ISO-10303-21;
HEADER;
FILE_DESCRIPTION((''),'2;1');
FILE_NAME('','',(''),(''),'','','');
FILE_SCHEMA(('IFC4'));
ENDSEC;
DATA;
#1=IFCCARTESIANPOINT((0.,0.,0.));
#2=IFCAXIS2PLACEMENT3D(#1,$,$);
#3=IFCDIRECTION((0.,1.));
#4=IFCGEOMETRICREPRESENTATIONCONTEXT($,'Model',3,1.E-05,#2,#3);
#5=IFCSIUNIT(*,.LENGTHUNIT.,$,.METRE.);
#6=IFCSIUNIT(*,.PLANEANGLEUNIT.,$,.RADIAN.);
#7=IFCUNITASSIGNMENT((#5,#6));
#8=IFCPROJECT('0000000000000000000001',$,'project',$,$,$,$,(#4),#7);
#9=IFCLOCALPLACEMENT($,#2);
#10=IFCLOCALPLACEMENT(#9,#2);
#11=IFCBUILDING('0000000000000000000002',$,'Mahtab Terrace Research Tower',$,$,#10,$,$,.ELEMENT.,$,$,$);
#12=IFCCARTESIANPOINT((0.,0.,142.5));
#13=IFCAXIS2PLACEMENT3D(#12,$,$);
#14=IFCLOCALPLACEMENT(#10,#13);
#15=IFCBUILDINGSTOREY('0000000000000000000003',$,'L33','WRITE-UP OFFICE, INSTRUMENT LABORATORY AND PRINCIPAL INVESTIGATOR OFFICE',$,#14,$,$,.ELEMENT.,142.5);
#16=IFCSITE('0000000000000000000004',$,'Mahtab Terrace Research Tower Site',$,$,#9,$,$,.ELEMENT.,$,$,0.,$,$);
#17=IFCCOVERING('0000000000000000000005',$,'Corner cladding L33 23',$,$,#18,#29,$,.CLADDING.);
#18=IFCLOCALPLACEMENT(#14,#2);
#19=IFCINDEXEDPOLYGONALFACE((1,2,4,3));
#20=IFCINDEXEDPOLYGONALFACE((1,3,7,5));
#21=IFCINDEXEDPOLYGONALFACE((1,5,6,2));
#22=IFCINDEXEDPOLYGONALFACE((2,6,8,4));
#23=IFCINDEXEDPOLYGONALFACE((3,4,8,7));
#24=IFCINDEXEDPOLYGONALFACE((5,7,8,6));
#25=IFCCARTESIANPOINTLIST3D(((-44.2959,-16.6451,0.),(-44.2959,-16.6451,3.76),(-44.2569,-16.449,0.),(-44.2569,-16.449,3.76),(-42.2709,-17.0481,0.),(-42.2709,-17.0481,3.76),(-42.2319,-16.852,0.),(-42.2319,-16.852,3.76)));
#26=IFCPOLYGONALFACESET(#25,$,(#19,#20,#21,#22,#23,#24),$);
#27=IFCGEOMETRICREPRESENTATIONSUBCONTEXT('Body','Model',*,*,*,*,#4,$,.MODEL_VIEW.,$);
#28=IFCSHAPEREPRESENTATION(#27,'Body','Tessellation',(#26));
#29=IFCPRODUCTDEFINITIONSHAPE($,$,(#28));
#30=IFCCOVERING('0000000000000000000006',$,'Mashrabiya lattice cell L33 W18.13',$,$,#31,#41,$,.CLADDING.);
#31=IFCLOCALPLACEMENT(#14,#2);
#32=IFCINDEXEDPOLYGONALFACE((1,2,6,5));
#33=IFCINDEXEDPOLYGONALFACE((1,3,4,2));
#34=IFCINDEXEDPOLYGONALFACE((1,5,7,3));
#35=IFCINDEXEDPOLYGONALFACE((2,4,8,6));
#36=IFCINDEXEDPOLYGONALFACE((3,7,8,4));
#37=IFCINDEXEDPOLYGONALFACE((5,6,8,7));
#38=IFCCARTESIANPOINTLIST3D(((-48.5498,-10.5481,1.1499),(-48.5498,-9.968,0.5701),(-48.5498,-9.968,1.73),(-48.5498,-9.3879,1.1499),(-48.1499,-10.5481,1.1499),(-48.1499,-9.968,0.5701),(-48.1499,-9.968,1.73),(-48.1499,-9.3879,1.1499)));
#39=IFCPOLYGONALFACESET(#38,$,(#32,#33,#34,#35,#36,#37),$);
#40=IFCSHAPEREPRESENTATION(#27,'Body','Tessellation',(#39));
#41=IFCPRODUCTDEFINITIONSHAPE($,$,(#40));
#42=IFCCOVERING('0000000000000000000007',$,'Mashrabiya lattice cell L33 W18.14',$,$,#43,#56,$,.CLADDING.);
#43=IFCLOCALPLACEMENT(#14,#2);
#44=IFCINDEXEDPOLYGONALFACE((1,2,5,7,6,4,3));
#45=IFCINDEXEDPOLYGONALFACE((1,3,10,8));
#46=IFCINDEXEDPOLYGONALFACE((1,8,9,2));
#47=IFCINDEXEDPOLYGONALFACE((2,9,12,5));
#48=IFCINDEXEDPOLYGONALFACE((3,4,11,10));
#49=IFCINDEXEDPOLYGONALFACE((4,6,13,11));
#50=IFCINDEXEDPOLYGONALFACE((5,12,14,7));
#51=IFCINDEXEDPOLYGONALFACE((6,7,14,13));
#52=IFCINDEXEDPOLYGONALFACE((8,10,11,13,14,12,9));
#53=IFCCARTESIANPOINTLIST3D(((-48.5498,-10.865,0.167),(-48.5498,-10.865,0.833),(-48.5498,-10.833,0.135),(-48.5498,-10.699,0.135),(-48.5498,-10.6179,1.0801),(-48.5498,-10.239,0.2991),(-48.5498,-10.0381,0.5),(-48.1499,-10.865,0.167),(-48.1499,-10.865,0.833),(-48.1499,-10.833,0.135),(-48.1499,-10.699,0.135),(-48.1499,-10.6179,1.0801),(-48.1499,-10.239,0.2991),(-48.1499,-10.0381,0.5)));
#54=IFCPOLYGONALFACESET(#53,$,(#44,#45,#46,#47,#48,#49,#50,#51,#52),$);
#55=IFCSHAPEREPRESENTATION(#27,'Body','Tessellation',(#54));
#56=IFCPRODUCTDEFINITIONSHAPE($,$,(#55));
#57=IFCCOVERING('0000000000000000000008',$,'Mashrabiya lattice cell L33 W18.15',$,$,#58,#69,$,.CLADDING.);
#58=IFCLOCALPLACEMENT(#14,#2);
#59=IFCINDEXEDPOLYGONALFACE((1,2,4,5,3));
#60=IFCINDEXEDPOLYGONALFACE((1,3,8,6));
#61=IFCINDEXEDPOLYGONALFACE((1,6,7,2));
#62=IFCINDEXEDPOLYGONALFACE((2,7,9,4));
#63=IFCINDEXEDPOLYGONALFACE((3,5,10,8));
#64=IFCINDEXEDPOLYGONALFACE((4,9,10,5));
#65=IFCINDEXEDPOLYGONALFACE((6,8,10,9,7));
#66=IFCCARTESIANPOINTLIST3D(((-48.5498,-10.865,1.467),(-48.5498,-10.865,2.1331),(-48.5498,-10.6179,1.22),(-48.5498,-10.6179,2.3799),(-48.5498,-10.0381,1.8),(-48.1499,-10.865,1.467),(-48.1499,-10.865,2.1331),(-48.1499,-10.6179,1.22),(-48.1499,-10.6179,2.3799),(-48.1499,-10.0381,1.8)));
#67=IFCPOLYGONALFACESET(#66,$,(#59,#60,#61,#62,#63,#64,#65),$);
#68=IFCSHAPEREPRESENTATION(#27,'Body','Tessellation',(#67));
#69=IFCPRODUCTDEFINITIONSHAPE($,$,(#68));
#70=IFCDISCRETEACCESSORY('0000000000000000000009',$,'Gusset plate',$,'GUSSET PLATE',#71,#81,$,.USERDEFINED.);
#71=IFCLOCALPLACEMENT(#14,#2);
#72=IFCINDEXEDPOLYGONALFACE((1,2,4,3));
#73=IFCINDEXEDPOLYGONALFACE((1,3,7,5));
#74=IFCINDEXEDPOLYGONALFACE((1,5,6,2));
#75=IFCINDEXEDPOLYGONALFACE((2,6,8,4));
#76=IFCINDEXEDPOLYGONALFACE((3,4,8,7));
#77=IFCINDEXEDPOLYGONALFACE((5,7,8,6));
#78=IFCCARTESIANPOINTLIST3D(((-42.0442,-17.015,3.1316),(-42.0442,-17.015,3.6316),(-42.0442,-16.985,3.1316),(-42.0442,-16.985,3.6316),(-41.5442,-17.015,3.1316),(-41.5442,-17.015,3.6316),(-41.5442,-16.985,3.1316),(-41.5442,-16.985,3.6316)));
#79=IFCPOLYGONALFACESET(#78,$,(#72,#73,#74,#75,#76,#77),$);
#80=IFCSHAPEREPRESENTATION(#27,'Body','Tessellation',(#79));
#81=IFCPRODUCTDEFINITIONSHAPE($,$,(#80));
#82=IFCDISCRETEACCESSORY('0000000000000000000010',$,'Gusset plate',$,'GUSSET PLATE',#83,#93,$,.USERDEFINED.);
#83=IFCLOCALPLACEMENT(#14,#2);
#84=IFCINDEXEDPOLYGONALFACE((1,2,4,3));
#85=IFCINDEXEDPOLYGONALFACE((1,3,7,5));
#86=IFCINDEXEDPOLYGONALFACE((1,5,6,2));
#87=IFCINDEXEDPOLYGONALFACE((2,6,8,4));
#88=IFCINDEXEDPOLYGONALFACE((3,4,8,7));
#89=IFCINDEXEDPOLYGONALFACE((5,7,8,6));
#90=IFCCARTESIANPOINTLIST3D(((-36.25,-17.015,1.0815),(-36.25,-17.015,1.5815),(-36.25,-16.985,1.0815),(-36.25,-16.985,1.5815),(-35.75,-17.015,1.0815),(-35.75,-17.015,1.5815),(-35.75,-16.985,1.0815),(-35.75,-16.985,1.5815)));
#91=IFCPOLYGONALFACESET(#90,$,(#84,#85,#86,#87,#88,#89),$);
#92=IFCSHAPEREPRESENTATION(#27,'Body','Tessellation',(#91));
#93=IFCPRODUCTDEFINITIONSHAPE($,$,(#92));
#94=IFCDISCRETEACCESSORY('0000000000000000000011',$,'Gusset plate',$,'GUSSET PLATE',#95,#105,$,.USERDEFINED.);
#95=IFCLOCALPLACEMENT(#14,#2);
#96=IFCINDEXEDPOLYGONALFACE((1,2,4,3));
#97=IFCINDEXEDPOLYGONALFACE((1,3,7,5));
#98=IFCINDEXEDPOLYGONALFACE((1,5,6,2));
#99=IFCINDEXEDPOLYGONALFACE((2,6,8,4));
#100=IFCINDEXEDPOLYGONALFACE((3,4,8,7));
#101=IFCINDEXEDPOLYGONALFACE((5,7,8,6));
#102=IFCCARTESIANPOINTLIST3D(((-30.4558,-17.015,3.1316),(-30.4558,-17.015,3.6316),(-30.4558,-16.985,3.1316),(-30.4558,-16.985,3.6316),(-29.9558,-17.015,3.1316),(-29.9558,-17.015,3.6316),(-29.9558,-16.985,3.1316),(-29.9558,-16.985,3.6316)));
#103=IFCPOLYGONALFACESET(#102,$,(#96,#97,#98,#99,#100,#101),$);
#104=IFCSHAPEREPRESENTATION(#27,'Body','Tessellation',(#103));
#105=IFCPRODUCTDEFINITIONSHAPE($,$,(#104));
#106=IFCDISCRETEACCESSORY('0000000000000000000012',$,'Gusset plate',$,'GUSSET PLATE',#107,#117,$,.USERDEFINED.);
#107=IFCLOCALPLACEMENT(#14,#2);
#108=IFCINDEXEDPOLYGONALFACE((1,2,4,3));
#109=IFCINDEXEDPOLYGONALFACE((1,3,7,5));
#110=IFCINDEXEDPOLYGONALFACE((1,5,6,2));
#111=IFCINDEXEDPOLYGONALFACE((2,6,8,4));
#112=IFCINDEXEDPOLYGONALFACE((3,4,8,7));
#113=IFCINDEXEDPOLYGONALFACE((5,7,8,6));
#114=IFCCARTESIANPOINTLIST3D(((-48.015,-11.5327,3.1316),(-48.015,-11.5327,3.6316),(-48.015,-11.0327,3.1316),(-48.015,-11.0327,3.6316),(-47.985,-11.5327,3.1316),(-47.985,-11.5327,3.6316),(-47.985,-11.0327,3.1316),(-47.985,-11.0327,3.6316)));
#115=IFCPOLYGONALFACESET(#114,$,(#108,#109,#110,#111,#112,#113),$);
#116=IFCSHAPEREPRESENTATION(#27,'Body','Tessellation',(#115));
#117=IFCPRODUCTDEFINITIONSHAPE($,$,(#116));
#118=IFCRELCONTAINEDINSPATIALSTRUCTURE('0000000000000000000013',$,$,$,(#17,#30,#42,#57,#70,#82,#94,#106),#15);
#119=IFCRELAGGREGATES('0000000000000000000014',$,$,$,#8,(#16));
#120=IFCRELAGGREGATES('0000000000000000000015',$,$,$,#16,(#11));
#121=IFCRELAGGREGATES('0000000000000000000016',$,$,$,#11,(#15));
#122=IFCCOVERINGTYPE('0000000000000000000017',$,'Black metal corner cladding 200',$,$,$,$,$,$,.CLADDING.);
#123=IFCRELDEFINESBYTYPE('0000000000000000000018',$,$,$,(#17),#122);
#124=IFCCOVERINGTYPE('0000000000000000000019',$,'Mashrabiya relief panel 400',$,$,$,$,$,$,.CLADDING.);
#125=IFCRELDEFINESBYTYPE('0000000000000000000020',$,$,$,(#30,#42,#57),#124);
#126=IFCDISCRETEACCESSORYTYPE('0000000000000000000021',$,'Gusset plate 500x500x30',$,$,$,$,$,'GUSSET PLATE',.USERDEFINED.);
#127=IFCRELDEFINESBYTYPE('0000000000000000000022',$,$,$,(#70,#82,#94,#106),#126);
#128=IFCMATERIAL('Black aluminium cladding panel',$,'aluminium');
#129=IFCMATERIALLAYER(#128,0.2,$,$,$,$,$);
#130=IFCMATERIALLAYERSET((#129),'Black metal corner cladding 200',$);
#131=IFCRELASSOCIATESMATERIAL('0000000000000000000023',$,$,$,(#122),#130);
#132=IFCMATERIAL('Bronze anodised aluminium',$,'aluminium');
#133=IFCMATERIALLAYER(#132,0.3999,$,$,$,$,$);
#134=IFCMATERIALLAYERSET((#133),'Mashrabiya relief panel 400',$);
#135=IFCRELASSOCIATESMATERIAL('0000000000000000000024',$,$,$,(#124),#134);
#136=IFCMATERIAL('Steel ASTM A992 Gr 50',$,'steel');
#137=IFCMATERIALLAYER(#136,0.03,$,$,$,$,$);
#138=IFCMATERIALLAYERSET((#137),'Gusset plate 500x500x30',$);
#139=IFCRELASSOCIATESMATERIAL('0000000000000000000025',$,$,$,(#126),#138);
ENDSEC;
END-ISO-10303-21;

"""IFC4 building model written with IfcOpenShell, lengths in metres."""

from ifc_helpers import new_model, si_unit, direction, frame, origin, origin_2d, place, context, subcontext, project, spatial, polyline, rectangle, outline, extrude, material, layer, layer_set, type_object, element, save


model = new_model("IFC4")

# Units and contexts
model_context = context("Model", 3, precision=1e-05, world=origin(), true_north=direction((0.0, 1.0)))
body_context = subcontext(model_context, "Body", "Model", "MODEL_VIEW")
ifc_project = project(units=[si_unit("LENGTHUNIT", "METRE"), si_unit("PLANEANGLEUNIT", "RADIAN")], contexts=[model_context])

# Site, building, storey
site_placement = place(None, origin())
site = spatial("IfcSite", under=ifc_project, at=site_placement, Name="Mahtab Terrace Research Tower Site", CompositionType="ELEMENT", RefElevation=0.0)
building_placement = place(site_placement, origin())
building = spatial("IfcBuilding", under=site, at=building_placement, Name="Mahtab Terrace Research Tower", CompositionType="ELEMENT")
storey_placement = place(building_placement, frame((0.0, 0.0, 142.5)))
storey = spatial("IfcBuildingStorey", under=building, at=storey_placement, Name="L33", Description="WRITE-UP OFFICE, INSTRUMENT LABORATORY AND PRINCIPAL INVESTIGATOR OFFICE", CompositionType="ELEMENT", Elevation=142.5)

# Shared definitions
ifc_material_1 = material(Name="Steel ASTM A992 Gr 50", Category="steel")

# Shared definitions
ifc_material_2 = material(Name="Black aluminium cladding panel", Category="aluminium")

# Coverings
ifc_layer_1 = layer(ifc_material_2, 0.2)
ifc_layer_set_1 = layer_set([ifc_layer_1], Name="Black metal corner cladding 200")
covering_type_1 = type_object("IfcCoveringType", Name="Black metal corner cladding 200", PredefinedType="CLADDING", material=ifc_layer_set_1)
covering_1_placement = place(storey_placement, frame((-43.2639, -16.7485, 0.0), z_axis=(0.0, 0.0, 1.0), x_axis=(0.980761, -0.195212, 0.0)))
element("IfcCovering", 1, at=covering_1_placement, inside=storey, type_object=covering_type_1, Name="Corner cladding L33 23", PredefinedType="CLADDING", context=body_context, shape_type="SweptSolid", body=[
    extrude(rectangle(XDim=2.0647, YDim=0.2, at=origin_2d()), origin(), (0.0, 0.0, 1.0), 3.76),
])
ifc_material_3 = material(Name="Bronze anodised aluminium", Category="aluminium")
ifc_layer_2 = layer(ifc_material_3, 0.3999)
ifc_layer_set_2 = layer_set([ifc_layer_2], Name="Mashrabiya relief panel 400")
covering_type_2 = type_object("IfcCoveringType", Name="Mashrabiya relief panel 400", PredefinedType="CLADDING", material=ifc_layer_set_2)
covering_2_placement = place(storey_placement, frame((-48.1499, -9.968, 1.73), z_axis=(1.0, 0.0, 0.0), x_axis=(0.0, -0.707107, -0.707107)))
element("IfcCovering", 2, at=covering_2_placement, inside=storey, type_object=covering_type_2, Name="Mashrabiya lattice cell L33 W18.13", PredefinedType="CLADDING", context=body_context, shape_type="SweptSolid", body=[
    extrude(outline(polyline([(0.0, 0.0), (0.8204, 0.0), (0.8202, 0.8202), (0.0, 0.8204), (0.0, 0.0)])), origin(), (0.0, 0.0, -1.0), 0.3999),
])
covering_3_placement = place(storey_placement, frame((-48.1499, -10.0381, 0.5), z_axis=(1.0, 0.0, 0.0), x_axis=(0.0, -0.706958, 0.707256)))
element("IfcCovering", 3, at=covering_3_placement, inside=storey, type_object=covering_type_2, Name="Mashrabiya lattice cell L33 W18.14", PredefinedType="CLADDING", context=body_context, shape_type="SweptSolid", body=[
    extrude(outline(polyline([(0.0, 0.0), (0.8202, 0.0), (0.8201, 0.3494), (0.3491, 0.8203), (0.3038, 0.8202), (0.2091, 0.7254), (-0.0001, 0.2842), (0.0, 0.0)])), origin(), (0.0, 0.0, -1.0), 0.3999),
])
covering_4_placement = place(storey_placement, frame((-48.1499, -10.6179, 1.22), z_axis=(1.0, 0.0, 0.0), x_axis=(0.0, 0.706958, 0.707256)))
element("IfcCovering", 4, at=covering_4_placement, inside=storey, type_object=covering_type_2, Name="Mashrabiya lattice cell L33 W18.15", PredefinedType="CLADDING", context=body_context, shape_type="SweptSolid", body=[
    extrude(outline(polyline([(0.0, 0.0), (0.8202, 0.0), (0.8204, 0.82), (0.4711, 0.8203), (0.0001, 0.3494), (0.0, 0.0)])), origin(), (0.0, 0.0, -1.0), 0.3999),
])

# Discrete accessories
ifc_layer_3 = layer(ifc_material_1, 0.03)
ifc_layer_set_3 = layer_set([ifc_layer_3], Name="Gusset plate 500x500x30")
discrete_accessory_type = type_object("IfcDiscreteAccessoryType", Name="Gusset plate 500x500x30", ElementType="GUSSET PLATE", PredefinedType="USERDEFINED", material=ifc_layer_set_3)
for number, where, z_axis, x_axis, name in (
    (5, (-41.7942, -17.0, 3.1316), (0.0, 0.0, 1.0), (1.0, 0.0, 0.0), "Gusset plate"),
    (6, (-36.0, -17.0, 1.0815), (0.0, 0.0, 1.0), (1.0, 0.0, 0.0), "Gusset plate"),
    (7, (-30.2058, -17.0, 3.1316), (0.0, 0.0, 1.0), (1.0, 0.0, 0.0), "Gusset plate"),
    (8, (-48.0, -11.2827, 3.1316), (0.0, 0.0, 1.0), (0.0, 1.0, 0.0), "Gusset plate"),
):
    element("IfcDiscreteAccessory", number, at=place(storey_placement, frame(where, z_axis=z_axis, x_axis=x_axis)), inside=storey, type_object=discrete_accessory_type, Name=name, ObjectType="GUSSET PLATE", PredefinedType="USERDEFINED", context=body_context, shape_type="SweptSolid", body=[
        extrude(rectangle(XDim=0.5, YDim=0.03, at=origin_2d()), origin(), (0.0, 0.0, 1.0), 0.5),
    ])

save(model, "model.ifc")
